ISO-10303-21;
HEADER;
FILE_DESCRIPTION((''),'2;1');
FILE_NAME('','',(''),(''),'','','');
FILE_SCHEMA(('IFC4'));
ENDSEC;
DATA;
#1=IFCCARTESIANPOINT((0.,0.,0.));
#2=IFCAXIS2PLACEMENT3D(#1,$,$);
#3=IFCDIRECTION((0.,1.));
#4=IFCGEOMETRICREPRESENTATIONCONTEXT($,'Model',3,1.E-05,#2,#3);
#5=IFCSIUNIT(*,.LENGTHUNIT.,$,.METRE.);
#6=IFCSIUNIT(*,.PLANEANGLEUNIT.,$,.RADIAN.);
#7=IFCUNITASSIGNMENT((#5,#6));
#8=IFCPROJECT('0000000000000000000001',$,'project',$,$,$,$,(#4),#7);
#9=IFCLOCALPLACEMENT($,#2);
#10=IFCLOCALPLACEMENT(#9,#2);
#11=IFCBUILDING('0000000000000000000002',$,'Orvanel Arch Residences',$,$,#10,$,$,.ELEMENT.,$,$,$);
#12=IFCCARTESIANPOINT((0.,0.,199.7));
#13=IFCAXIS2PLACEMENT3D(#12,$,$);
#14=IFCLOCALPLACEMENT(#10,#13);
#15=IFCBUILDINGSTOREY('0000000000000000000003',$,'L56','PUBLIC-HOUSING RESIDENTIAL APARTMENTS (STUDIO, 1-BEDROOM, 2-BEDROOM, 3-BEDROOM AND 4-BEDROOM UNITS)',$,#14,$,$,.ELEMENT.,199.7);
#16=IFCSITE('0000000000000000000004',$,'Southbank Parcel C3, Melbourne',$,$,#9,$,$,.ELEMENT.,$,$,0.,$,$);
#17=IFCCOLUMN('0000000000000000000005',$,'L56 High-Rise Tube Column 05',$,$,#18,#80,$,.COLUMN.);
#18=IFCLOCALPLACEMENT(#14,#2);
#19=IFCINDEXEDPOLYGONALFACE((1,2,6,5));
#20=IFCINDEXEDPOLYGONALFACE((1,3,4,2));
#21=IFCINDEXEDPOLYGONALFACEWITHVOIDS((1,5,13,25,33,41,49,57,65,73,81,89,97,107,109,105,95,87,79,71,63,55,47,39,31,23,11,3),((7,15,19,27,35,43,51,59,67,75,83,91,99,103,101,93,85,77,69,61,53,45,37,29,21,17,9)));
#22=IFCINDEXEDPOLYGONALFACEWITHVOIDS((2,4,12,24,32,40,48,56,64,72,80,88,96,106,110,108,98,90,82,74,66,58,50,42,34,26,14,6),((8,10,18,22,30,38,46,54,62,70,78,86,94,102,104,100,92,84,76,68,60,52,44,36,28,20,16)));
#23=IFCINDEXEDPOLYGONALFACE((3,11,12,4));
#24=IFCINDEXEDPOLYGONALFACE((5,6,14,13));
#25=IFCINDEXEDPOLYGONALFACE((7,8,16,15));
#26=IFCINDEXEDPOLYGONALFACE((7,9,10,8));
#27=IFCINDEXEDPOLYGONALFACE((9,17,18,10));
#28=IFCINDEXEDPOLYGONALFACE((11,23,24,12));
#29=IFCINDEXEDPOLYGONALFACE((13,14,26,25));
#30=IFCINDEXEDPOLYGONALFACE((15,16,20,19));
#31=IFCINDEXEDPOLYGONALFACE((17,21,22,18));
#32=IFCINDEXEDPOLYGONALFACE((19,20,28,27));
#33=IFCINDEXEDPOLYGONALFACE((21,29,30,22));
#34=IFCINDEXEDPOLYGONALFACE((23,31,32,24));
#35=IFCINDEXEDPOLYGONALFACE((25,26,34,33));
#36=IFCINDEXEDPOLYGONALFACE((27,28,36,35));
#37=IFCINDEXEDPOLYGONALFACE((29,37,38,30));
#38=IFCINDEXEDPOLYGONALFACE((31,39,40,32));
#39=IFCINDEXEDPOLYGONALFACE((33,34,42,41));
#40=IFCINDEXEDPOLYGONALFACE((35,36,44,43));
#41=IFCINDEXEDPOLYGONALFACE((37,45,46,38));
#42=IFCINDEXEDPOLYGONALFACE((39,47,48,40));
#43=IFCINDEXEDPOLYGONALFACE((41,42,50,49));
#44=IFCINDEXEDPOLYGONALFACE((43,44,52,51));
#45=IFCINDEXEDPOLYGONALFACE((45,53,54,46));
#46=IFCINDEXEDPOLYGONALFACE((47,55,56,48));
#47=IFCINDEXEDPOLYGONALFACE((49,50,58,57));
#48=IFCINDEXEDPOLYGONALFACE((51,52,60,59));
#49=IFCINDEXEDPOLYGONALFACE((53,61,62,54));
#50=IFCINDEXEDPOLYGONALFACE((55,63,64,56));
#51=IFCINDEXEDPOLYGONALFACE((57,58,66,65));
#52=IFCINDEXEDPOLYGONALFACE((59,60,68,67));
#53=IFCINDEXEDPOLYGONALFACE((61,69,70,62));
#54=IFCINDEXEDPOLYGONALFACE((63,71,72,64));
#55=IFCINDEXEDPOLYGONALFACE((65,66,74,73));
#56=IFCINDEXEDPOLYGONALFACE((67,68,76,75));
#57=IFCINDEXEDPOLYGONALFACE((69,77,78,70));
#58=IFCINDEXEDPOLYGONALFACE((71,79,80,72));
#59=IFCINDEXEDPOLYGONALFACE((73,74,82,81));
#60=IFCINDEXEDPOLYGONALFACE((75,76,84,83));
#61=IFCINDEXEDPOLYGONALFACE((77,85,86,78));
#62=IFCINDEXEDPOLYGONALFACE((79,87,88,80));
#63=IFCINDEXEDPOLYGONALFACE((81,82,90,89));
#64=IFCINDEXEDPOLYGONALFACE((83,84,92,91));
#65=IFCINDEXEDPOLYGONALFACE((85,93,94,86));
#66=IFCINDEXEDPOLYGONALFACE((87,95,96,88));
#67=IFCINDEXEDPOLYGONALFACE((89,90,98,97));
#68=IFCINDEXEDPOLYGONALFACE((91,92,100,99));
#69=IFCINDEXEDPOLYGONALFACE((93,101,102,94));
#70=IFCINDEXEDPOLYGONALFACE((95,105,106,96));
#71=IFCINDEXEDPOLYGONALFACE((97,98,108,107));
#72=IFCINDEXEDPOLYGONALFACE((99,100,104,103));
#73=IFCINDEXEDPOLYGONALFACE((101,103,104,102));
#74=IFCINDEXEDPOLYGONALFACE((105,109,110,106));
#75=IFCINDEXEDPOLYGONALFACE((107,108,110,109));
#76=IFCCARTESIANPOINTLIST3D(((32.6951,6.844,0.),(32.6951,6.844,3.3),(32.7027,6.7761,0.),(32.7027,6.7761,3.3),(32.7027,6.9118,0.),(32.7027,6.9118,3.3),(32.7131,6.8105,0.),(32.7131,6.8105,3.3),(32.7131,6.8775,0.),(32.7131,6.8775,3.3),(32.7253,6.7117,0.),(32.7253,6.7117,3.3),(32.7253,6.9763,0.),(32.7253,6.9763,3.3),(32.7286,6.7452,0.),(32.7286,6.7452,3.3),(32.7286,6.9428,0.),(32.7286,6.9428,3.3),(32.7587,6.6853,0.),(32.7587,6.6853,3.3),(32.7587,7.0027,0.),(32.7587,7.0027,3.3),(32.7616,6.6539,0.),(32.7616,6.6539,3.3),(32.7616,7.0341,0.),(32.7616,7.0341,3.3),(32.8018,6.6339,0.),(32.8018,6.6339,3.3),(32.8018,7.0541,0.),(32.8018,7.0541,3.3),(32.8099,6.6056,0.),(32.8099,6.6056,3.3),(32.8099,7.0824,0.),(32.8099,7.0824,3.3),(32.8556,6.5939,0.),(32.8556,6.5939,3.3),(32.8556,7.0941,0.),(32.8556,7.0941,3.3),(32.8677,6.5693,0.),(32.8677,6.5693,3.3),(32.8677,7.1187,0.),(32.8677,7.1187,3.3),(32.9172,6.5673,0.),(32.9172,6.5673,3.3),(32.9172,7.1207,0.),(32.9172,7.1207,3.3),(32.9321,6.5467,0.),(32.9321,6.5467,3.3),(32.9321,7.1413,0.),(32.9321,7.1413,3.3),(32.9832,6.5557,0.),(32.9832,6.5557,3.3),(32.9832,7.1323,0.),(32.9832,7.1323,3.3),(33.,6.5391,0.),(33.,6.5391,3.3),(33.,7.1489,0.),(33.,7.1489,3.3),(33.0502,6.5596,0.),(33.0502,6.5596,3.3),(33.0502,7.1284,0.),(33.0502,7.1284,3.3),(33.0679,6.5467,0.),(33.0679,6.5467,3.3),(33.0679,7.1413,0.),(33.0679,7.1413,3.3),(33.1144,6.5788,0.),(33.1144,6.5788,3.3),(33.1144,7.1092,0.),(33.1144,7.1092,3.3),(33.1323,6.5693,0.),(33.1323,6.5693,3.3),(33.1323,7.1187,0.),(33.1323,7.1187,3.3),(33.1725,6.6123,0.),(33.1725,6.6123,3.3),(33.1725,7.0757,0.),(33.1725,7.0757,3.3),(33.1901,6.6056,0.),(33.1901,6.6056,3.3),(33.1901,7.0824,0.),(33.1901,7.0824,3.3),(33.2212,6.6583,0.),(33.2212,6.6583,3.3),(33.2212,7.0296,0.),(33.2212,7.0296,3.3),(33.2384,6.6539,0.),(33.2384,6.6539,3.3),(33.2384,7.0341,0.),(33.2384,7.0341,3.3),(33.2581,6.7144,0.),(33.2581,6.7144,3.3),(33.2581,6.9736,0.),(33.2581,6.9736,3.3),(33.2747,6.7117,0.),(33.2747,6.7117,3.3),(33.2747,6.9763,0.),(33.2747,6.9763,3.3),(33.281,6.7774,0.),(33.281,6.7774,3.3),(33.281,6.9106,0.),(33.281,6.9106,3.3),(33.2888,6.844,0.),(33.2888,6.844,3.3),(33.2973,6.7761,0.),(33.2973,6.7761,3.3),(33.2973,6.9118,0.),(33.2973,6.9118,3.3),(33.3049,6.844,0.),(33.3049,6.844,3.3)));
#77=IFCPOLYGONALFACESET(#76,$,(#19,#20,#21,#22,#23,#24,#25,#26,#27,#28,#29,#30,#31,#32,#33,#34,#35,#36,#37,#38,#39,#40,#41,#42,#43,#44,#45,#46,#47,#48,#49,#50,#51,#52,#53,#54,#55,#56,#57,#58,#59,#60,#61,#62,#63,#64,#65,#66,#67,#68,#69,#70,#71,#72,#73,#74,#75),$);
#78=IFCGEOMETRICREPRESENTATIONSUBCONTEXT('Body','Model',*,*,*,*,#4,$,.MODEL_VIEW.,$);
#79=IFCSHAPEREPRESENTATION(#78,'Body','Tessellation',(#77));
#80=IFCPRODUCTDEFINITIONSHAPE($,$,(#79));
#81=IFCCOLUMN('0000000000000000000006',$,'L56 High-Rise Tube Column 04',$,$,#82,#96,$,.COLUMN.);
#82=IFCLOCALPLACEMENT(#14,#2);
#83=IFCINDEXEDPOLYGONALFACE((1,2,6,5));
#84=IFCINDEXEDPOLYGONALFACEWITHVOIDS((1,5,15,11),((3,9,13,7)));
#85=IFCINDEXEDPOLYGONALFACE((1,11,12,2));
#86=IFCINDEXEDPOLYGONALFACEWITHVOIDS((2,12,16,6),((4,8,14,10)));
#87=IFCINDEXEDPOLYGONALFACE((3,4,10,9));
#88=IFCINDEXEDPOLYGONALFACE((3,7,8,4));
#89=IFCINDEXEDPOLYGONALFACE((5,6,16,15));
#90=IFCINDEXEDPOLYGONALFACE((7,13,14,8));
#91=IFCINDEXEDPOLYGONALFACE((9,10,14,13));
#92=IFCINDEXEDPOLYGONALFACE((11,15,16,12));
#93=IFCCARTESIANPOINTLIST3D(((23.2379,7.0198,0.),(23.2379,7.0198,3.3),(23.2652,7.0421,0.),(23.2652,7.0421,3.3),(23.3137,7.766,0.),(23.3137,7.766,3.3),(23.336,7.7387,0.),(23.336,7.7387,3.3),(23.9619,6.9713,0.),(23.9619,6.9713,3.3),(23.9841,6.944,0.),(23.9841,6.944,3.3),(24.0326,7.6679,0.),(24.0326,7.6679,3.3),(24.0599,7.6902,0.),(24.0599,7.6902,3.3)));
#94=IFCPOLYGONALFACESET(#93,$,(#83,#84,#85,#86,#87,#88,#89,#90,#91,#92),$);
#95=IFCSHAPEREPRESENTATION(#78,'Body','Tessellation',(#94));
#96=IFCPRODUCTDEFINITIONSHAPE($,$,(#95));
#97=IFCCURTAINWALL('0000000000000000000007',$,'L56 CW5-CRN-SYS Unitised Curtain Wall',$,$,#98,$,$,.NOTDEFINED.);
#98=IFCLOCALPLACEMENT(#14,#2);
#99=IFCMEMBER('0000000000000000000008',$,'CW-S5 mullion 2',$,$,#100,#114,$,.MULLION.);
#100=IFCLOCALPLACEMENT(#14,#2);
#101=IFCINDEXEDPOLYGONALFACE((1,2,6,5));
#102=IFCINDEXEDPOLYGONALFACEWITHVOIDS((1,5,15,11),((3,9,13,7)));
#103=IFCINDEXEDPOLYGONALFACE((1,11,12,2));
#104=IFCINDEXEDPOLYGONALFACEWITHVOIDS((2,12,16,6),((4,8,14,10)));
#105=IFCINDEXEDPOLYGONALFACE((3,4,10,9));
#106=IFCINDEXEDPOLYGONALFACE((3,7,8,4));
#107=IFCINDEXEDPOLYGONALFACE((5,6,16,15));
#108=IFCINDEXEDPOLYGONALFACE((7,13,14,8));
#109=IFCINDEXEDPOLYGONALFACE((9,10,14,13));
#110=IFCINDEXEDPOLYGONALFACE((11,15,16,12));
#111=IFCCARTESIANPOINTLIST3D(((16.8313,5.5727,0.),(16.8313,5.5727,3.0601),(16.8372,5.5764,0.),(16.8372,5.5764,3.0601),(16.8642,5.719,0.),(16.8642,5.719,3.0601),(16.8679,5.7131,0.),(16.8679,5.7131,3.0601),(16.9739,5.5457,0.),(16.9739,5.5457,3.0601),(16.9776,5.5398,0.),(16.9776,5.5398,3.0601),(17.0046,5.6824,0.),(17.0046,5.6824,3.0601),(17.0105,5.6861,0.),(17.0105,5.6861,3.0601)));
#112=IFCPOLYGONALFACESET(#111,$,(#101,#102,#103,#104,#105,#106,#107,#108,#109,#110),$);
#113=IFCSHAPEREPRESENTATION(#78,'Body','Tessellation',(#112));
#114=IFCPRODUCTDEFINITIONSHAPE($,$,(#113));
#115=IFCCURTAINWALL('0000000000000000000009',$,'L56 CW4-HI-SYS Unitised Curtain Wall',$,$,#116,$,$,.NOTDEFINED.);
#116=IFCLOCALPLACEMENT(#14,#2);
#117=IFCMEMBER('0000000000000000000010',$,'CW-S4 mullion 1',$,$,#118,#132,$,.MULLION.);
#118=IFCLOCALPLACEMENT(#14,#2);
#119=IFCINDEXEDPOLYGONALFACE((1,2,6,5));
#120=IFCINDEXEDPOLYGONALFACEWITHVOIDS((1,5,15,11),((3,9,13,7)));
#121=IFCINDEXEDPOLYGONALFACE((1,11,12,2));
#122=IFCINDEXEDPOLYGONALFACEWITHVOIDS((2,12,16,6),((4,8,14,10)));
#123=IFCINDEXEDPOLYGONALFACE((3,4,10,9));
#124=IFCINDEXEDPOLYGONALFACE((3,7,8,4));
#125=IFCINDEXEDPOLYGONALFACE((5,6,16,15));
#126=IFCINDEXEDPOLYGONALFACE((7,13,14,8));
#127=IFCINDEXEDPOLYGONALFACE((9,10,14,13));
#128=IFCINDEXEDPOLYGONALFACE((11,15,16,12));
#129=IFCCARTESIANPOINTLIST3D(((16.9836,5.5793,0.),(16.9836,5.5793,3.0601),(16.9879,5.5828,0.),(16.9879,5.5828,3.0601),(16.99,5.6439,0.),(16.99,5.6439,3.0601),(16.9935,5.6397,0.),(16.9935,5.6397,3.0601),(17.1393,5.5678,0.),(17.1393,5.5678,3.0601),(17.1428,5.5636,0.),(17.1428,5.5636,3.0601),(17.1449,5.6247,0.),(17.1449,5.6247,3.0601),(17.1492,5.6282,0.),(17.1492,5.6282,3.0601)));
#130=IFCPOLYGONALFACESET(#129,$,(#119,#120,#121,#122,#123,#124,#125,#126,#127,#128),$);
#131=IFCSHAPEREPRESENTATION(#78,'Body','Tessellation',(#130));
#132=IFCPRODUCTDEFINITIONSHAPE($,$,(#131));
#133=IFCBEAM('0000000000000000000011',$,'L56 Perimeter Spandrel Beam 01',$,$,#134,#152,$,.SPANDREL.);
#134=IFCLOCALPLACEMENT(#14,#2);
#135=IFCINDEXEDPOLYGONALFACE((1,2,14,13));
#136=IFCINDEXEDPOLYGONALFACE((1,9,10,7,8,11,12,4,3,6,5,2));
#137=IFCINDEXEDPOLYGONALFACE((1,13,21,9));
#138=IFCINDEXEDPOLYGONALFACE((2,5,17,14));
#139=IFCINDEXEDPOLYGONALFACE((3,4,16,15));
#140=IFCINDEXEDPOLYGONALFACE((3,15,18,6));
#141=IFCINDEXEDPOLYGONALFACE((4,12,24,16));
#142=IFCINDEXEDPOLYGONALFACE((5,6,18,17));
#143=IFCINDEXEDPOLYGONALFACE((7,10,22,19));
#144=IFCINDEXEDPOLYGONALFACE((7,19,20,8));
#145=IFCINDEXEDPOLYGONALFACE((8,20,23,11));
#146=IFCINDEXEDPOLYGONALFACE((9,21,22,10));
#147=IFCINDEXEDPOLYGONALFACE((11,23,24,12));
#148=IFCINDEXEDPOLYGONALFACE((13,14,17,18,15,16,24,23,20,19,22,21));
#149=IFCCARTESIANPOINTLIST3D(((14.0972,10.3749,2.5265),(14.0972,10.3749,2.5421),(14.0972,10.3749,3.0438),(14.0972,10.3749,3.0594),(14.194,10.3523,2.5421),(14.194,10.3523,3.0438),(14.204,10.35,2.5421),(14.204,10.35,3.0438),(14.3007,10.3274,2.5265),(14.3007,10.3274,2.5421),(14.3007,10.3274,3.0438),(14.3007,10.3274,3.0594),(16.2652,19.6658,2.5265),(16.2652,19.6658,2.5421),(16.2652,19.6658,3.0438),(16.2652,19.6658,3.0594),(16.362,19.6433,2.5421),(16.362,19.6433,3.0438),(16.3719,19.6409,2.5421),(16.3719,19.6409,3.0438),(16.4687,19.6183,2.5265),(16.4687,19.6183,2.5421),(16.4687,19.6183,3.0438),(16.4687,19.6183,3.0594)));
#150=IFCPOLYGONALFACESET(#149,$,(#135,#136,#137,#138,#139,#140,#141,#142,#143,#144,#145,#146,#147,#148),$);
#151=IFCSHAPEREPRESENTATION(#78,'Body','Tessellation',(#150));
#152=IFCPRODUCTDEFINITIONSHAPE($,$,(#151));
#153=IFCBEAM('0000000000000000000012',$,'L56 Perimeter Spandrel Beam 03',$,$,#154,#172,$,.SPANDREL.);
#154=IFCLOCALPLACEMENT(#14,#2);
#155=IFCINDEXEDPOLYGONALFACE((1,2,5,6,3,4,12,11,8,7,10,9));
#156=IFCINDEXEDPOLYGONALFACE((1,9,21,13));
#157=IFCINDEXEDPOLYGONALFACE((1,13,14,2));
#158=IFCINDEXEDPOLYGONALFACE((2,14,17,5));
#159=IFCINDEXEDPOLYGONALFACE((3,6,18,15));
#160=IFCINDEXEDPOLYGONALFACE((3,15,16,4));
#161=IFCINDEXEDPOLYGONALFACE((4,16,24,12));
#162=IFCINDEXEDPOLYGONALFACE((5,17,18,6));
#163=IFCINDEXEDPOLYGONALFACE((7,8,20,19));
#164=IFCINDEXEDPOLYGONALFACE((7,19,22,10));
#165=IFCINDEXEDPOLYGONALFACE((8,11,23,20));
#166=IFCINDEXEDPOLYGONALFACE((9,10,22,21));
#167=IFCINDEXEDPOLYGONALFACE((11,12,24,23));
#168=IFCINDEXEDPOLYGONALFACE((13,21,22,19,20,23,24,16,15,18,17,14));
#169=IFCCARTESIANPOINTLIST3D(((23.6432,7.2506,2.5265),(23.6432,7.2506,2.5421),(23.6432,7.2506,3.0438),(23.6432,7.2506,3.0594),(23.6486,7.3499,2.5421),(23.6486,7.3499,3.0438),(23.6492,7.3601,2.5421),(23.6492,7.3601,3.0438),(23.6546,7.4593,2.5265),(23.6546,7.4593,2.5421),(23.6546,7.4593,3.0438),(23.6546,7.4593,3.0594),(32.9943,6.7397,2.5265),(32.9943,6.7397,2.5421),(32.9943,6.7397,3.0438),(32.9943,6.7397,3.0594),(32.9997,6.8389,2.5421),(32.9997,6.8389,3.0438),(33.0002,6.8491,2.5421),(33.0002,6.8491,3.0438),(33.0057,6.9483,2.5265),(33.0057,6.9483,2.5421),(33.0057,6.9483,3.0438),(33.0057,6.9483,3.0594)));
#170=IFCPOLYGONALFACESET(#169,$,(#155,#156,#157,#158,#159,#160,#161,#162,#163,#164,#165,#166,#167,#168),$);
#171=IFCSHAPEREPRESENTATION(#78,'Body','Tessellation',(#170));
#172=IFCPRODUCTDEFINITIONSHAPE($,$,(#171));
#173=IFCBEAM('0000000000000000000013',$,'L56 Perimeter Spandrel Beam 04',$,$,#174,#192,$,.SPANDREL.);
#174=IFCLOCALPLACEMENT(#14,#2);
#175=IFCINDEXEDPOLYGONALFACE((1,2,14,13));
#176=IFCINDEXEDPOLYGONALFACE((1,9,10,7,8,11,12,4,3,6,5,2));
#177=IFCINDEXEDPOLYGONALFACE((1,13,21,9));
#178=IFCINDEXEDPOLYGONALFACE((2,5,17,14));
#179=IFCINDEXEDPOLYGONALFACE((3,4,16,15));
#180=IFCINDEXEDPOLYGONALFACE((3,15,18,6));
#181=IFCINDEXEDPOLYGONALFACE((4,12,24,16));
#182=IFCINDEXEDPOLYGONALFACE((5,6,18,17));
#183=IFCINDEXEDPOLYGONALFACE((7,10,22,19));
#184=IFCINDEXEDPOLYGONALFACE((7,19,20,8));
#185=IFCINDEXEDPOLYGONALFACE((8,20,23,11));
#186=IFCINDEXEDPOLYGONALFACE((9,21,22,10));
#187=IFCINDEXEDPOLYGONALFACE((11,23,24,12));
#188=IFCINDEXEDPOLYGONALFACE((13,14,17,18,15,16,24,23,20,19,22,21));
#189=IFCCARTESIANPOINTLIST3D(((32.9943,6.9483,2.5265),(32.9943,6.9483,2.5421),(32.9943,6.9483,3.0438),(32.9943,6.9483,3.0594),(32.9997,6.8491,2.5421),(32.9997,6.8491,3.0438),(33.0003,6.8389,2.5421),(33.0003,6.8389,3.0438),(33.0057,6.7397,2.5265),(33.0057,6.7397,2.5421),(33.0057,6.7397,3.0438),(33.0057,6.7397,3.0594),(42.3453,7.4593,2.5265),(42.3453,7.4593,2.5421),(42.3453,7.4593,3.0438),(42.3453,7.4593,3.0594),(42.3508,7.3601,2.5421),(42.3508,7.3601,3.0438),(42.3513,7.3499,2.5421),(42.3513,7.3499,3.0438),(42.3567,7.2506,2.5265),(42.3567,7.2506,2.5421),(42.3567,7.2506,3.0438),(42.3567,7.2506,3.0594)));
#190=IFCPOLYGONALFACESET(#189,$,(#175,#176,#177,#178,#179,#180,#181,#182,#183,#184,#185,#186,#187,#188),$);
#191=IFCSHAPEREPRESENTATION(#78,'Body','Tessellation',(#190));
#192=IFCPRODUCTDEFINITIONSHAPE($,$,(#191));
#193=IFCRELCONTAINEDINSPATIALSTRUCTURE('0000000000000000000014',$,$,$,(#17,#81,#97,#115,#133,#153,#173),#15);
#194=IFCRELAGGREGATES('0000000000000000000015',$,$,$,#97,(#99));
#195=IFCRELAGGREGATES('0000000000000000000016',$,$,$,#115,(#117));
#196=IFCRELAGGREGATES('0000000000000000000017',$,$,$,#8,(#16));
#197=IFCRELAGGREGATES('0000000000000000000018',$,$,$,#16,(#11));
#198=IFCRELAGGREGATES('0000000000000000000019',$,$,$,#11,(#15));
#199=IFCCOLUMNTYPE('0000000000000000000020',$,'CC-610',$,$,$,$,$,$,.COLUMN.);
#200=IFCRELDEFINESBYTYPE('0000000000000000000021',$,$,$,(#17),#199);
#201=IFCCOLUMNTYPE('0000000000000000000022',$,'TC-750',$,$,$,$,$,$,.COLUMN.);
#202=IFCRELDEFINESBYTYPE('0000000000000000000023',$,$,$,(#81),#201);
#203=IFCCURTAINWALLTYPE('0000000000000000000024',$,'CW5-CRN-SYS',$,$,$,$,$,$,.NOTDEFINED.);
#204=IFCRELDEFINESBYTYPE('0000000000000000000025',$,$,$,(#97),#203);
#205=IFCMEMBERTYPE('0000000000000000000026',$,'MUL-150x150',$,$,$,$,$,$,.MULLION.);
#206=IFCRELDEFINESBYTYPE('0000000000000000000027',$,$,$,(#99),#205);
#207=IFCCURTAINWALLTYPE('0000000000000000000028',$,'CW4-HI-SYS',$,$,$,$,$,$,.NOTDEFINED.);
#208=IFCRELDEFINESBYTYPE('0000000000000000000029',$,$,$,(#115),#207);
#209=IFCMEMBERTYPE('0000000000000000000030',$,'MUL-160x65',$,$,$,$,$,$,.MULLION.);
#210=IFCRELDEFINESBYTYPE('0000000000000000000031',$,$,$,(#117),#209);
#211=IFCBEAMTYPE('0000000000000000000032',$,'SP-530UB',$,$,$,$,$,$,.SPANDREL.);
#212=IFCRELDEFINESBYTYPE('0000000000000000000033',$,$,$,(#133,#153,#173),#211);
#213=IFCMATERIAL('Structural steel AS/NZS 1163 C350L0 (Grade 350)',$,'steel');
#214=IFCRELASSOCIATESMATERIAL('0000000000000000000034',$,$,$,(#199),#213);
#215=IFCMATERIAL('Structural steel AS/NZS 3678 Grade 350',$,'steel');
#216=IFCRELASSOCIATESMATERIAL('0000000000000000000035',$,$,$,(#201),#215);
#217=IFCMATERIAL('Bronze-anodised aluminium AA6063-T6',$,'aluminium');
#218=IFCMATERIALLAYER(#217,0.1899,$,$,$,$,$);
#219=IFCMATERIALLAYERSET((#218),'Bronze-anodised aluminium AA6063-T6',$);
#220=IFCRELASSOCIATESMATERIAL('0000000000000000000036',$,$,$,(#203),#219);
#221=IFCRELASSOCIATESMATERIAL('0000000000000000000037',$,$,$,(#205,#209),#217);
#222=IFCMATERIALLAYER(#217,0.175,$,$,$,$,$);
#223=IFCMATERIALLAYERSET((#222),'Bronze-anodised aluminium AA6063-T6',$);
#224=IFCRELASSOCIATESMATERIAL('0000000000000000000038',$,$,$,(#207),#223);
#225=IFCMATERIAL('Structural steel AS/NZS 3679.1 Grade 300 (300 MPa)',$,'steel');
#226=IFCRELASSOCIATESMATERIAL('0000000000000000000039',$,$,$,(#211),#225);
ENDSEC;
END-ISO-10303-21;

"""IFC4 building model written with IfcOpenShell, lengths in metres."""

from ifc_helpers import new_model, si_unit, direction, frame, origin, origin_2d, place, context, subcontext, project, spatial, hollow_rectangle, hollow_circle, i_section, extrude, material, layer, layer_set, material_profile, profile_set, type_object, element, aggregate, save


model = new_model("IFC4")

# Units and contexts
model_context = context("Model", 3, precision=1e-05, world=origin(), true_north=direction((0.0, 1.0)))
body_context = subcontext(model_context, "Body", "Model", "MODEL_VIEW")
ifc_project = project(units=[si_unit("LENGTHUNIT", "METRE"), si_unit("PLANEANGLEUNIT", "RADIAN")], contexts=[model_context])

# Site, building, storey
site_placement = place(None, origin())
site = spatial("IfcSite", under=ifc_project, at=site_placement, Name="Southbank Parcel C3, Melbourne", CompositionType="ELEMENT", RefElevation=0.0)
building_placement = place(site_placement, origin())
building = spatial("IfcBuilding", under=site, at=building_placement, Name="Orvanel Arch Residences", CompositionType="ELEMENT")
storey_placement = place(building_placement, frame((0.0, 0.0, 199.7)))
storey = spatial("IfcBuildingStorey", under=building, at=storey_placement, Name="L56", Description="PUBLIC-HOUSING RESIDENTIAL APARTMENTS (STUDIO, 1-BEDROOM, 2-BEDROOM, 3-BEDROOM AND 4-BEDROOM UNITS)", CompositionType="ELEMENT", Elevation=199.7)

# Columns
ifc_material_1 = material(Name="Structural steel AS/NZS 1163 C350L0 (Grade 350)", Category="steel")
ifc_material_profile_1 = material_profile(ifc_material_1, hollow_circle(Radius=0.3049, WallThickness=0.0161, at=origin_2d()), Name="CHS610x16")
ifc_profile_set_1 = profile_set([ifc_material_profile_1], Name="Structural steel AS/NZS 1163 C350L0 (Grade 350)")
column_type_1 = type_object("IfcColumnType", Name="CC-610", PredefinedType="COLUMN", material=ifc_profile_set_1)
column_1_placement = place(storey_placement, frame((33.0, 6.844, 0.0), z_axis=(0.0, 0.0, 1.0), x_axis=(1.0, 0.0, 0.0)))
element("IfcColumn", 1, at=column_1_placement, inside=storey, type_object=column_type_1, Name="L56 High-Rise Tube Column 05", PredefinedType="COLUMN", context=body_context, shape_type="SweptSolid", body=[
    extrude(hollow_circle(Radius=0.3049, WallThickness=0.0161, at=origin_2d()), origin(), (0.0, 0.0, 1.0), 3.3),
])
ifc_material_2 = material(Name="Structural steel AS/NZS 3678 Grade 350", Category="steel")
ifc_material_profile_2 = material_profile(ifc_material_2, hollow_rectangle(XDim=0.75, YDim=0.75, WallThickness=0.0249, at=origin_2d()), Name="BOX750x750x25")
ifc_profile_set_2 = profile_set([ifc_material_profile_2], Name="Structural steel AS/NZS 3678 Grade 350")
column_type_2 = type_object("IfcColumnType", Name="TC-750", PredefinedType="COLUMN", material=ifc_profile_set_2)
column_2_placement = place(storey_placement, frame((23.6489, 7.355, 0.0), z_axis=(0.0, 0.0, 1.0), x_axis=(-0.994881, 0.101056, 0.0)))
element("IfcColumn", 2, at=column_2_placement, inside=storey, type_object=column_type_2, Name="L56 High-Rise Tube Column 04", PredefinedType="COLUMN", context=body_context, shape_type="SweptSolid", body=[
    extrude(hollow_rectangle(XDim=0.75, YDim=0.75, WallThickness=0.0249, at=origin_2d()), origin(), (0.0, 0.0, 1.0), 3.3),
])

# Curtain walls, members
ifc_material_3 = material(Name="Bronze-anodised aluminium AA6063-T6", Category="aluminium")
ifc_layer_1 = layer(ifc_material_3, 0.1899)
ifc_layer_set_1 = layer_set([ifc_layer_1], Name="Bronze-anodised aluminium AA6063-T6")
curtain_wall_type_1 = type_object("IfcCurtainWallType", Name="CW5-CRN-SYS", PredefinedType="NOTDEFINED", material=ifc_layer_set_1)
curtain_wall_1_placement = place(storey_placement, origin())
curtain_wall_1 = element("IfcCurtainWall", 3, at=curtain_wall_1_placement, inside=storey, type_object=curtain_wall_type_1, Name="L56 CW5-CRN-SYS Unitised Curtain Wall", PredefinedType="NOTDEFINED")
ifc_material_profile_3 = material_profile(ifc_material_3, hollow_rectangle(XDim=0.1499, YDim=0.1499, WallThickness=0.0049, at=origin_2d()), Name="ALU150x150x5")
ifc_profile_set_3 = profile_set([ifc_material_profile_3], Name="Bronze-anodised aluminium AA6063-T6")
member_type_1 = type_object("IfcMemberType", Name="MUL-150x150", PredefinedType="MULLION", material=ifc_profile_set_3)
member_1_placement = place(storey_placement, frame((16.9209, 5.6294, 0.0), z_axis=(0.0, 0.0, 1.0), x_axis=(0.219262, 0.975666, 0.0)))
member_1 = element("IfcMember", 4, at=member_1_placement, type_object=member_type_1, Name="CW-S5 mullion 2", PredefinedType="MULLION", context=body_context, shape_type="SweptSolid", body=[
    extrude(hollow_rectangle(XDim=0.1499, YDim=0.1499, WallThickness=0.0049, at=origin_2d()), origin(), (0.0, 0.0, 1.0), 3.0601),
])
aggregate(curtain_wall_1, [member_1])
ifc_layer_2 = layer(ifc_material_3, 0.175)
ifc_layer_set_2 = layer_set([ifc_layer_2], Name="Bronze-anodised aluminium AA6063-T6")
curtain_wall_type_2 = type_object("IfcCurtainWallType", Name="CW4-HI-SYS", PredefinedType="NOTDEFINED", material=ifc_layer_set_2)
curtain_wall_2_placement = place(storey_placement, origin())
curtain_wall_2 = element("IfcCurtainWall", 5, at=curtain_wall_2_placement, inside=storey, type_object=curtain_wall_type_2, Name="L56 CW4-HI-SYS Unitised Curtain Wall", PredefinedType="NOTDEFINED")
ifc_material_profile_4 = material_profile(ifc_material_3, hollow_rectangle(XDim=0.0649, YDim=0.1599, WallThickness=0.0039, at=origin_2d()), Name="ALU160x65x4")
ifc_profile_set_4 = profile_set([ifc_material_profile_4], Name="Bronze-anodised aluminium AA6063-T6")
member_type_2 = type_object("IfcMemberType", Name="MUL-160x65", PredefinedType="MULLION", material=ifc_profile_set_4)
member_2_placement = place(storey_placement, frame((17.0664, 5.6038, 0.0), z_axis=(0.0, 0.0, 1.0), x_axis=(0.098418, 0.995145, 0.0)))
member_2 = element("IfcMember", 6, at=member_2_placement, type_object=member_type_2, Name="CW-S4 mullion 1", PredefinedType="MULLION", context=body_context, shape_type="SweptSolid", body=[
    extrude(hollow_rectangle(XDim=0.0649, YDim=0.1599, WallThickness=0.0039, at=origin_2d()), origin(), (0.0, 0.0, 1.0), 3.0601),
])
aggregate(curtain_wall_2, [member_2])

# Beams
ifc_material_4 = material(Name="Structural steel AS/NZS 3679.1 Grade 300 (300 MPa)", Category="steel")
ifc_material_profile_5 = material_profile(ifc_material_4, i_section(OverallWidth=0.209, OverallDepth=0.533, WebThickness=0.0103, FlangeThickness=0.0156, at=origin_2d()), Name="530UB92.4")
ifc_profile_set_5 = profile_set([ifc_material_profile_5], Name="Structural steel AS/NZS 3679.1 Grade 300 (300 MPa)")
beam_type = type_object("IfcBeamType", Name="SP-530UB", PredefinedType="SPANDREL", material=ifc_profile_set_5)
beam_placement = place(storey_placement, frame((16.3669, 19.6421, 2.793), z_axis=(-0.227236, -0.97384, 0.0), x_axis=(0.97384, -0.227236, 0.0)))
element("IfcBeam", 7, at=beam_placement, inside=storey, type_object=beam_type, Name="L56 Perimeter Spandrel Beam 01", PredefinedType="SPANDREL", context=body_context, shape_type="SweptSolid", body=[
    extrude(i_section(OverallWidth=0.209, OverallDepth=0.533, WebThickness=0.0103, FlangeThickness=0.0156, at=origin_2d()), origin(), (0.0, 0.0, 1.0), 9.5405),
])
for number, where, z_axis, x_axis, name in (
    (8, (23.6489, 7.355, 2.793), (0.99851, -0.054563, 0.0), (0.054563, 0.99851, 0.0), "L56 Perimeter Spandrel Beam 03"),
    (9, (33.0, 6.844, 2.793), (0.99851, 0.054563, 0.0), (-0.054563, 0.99851, 0.0), "L56 Perimeter Spandrel Beam 04"),
):
    element("IfcBeam", number, at=place(storey_placement, frame(where, z_axis=z_axis, x_axis=x_axis)), inside=storey, type_object=beam_type, Name=name, PredefinedType="SPANDREL", context=body_context, shape_type="SweptSolid", body=[
        extrude(i_section(OverallWidth=0.209, OverallDepth=0.533, WebThickness=0.0103, FlangeThickness=0.0156, at=origin_2d()), origin(), (0.0, 0.0, 1.0), 9.365),
    ])

save(model, "model.ifc")
